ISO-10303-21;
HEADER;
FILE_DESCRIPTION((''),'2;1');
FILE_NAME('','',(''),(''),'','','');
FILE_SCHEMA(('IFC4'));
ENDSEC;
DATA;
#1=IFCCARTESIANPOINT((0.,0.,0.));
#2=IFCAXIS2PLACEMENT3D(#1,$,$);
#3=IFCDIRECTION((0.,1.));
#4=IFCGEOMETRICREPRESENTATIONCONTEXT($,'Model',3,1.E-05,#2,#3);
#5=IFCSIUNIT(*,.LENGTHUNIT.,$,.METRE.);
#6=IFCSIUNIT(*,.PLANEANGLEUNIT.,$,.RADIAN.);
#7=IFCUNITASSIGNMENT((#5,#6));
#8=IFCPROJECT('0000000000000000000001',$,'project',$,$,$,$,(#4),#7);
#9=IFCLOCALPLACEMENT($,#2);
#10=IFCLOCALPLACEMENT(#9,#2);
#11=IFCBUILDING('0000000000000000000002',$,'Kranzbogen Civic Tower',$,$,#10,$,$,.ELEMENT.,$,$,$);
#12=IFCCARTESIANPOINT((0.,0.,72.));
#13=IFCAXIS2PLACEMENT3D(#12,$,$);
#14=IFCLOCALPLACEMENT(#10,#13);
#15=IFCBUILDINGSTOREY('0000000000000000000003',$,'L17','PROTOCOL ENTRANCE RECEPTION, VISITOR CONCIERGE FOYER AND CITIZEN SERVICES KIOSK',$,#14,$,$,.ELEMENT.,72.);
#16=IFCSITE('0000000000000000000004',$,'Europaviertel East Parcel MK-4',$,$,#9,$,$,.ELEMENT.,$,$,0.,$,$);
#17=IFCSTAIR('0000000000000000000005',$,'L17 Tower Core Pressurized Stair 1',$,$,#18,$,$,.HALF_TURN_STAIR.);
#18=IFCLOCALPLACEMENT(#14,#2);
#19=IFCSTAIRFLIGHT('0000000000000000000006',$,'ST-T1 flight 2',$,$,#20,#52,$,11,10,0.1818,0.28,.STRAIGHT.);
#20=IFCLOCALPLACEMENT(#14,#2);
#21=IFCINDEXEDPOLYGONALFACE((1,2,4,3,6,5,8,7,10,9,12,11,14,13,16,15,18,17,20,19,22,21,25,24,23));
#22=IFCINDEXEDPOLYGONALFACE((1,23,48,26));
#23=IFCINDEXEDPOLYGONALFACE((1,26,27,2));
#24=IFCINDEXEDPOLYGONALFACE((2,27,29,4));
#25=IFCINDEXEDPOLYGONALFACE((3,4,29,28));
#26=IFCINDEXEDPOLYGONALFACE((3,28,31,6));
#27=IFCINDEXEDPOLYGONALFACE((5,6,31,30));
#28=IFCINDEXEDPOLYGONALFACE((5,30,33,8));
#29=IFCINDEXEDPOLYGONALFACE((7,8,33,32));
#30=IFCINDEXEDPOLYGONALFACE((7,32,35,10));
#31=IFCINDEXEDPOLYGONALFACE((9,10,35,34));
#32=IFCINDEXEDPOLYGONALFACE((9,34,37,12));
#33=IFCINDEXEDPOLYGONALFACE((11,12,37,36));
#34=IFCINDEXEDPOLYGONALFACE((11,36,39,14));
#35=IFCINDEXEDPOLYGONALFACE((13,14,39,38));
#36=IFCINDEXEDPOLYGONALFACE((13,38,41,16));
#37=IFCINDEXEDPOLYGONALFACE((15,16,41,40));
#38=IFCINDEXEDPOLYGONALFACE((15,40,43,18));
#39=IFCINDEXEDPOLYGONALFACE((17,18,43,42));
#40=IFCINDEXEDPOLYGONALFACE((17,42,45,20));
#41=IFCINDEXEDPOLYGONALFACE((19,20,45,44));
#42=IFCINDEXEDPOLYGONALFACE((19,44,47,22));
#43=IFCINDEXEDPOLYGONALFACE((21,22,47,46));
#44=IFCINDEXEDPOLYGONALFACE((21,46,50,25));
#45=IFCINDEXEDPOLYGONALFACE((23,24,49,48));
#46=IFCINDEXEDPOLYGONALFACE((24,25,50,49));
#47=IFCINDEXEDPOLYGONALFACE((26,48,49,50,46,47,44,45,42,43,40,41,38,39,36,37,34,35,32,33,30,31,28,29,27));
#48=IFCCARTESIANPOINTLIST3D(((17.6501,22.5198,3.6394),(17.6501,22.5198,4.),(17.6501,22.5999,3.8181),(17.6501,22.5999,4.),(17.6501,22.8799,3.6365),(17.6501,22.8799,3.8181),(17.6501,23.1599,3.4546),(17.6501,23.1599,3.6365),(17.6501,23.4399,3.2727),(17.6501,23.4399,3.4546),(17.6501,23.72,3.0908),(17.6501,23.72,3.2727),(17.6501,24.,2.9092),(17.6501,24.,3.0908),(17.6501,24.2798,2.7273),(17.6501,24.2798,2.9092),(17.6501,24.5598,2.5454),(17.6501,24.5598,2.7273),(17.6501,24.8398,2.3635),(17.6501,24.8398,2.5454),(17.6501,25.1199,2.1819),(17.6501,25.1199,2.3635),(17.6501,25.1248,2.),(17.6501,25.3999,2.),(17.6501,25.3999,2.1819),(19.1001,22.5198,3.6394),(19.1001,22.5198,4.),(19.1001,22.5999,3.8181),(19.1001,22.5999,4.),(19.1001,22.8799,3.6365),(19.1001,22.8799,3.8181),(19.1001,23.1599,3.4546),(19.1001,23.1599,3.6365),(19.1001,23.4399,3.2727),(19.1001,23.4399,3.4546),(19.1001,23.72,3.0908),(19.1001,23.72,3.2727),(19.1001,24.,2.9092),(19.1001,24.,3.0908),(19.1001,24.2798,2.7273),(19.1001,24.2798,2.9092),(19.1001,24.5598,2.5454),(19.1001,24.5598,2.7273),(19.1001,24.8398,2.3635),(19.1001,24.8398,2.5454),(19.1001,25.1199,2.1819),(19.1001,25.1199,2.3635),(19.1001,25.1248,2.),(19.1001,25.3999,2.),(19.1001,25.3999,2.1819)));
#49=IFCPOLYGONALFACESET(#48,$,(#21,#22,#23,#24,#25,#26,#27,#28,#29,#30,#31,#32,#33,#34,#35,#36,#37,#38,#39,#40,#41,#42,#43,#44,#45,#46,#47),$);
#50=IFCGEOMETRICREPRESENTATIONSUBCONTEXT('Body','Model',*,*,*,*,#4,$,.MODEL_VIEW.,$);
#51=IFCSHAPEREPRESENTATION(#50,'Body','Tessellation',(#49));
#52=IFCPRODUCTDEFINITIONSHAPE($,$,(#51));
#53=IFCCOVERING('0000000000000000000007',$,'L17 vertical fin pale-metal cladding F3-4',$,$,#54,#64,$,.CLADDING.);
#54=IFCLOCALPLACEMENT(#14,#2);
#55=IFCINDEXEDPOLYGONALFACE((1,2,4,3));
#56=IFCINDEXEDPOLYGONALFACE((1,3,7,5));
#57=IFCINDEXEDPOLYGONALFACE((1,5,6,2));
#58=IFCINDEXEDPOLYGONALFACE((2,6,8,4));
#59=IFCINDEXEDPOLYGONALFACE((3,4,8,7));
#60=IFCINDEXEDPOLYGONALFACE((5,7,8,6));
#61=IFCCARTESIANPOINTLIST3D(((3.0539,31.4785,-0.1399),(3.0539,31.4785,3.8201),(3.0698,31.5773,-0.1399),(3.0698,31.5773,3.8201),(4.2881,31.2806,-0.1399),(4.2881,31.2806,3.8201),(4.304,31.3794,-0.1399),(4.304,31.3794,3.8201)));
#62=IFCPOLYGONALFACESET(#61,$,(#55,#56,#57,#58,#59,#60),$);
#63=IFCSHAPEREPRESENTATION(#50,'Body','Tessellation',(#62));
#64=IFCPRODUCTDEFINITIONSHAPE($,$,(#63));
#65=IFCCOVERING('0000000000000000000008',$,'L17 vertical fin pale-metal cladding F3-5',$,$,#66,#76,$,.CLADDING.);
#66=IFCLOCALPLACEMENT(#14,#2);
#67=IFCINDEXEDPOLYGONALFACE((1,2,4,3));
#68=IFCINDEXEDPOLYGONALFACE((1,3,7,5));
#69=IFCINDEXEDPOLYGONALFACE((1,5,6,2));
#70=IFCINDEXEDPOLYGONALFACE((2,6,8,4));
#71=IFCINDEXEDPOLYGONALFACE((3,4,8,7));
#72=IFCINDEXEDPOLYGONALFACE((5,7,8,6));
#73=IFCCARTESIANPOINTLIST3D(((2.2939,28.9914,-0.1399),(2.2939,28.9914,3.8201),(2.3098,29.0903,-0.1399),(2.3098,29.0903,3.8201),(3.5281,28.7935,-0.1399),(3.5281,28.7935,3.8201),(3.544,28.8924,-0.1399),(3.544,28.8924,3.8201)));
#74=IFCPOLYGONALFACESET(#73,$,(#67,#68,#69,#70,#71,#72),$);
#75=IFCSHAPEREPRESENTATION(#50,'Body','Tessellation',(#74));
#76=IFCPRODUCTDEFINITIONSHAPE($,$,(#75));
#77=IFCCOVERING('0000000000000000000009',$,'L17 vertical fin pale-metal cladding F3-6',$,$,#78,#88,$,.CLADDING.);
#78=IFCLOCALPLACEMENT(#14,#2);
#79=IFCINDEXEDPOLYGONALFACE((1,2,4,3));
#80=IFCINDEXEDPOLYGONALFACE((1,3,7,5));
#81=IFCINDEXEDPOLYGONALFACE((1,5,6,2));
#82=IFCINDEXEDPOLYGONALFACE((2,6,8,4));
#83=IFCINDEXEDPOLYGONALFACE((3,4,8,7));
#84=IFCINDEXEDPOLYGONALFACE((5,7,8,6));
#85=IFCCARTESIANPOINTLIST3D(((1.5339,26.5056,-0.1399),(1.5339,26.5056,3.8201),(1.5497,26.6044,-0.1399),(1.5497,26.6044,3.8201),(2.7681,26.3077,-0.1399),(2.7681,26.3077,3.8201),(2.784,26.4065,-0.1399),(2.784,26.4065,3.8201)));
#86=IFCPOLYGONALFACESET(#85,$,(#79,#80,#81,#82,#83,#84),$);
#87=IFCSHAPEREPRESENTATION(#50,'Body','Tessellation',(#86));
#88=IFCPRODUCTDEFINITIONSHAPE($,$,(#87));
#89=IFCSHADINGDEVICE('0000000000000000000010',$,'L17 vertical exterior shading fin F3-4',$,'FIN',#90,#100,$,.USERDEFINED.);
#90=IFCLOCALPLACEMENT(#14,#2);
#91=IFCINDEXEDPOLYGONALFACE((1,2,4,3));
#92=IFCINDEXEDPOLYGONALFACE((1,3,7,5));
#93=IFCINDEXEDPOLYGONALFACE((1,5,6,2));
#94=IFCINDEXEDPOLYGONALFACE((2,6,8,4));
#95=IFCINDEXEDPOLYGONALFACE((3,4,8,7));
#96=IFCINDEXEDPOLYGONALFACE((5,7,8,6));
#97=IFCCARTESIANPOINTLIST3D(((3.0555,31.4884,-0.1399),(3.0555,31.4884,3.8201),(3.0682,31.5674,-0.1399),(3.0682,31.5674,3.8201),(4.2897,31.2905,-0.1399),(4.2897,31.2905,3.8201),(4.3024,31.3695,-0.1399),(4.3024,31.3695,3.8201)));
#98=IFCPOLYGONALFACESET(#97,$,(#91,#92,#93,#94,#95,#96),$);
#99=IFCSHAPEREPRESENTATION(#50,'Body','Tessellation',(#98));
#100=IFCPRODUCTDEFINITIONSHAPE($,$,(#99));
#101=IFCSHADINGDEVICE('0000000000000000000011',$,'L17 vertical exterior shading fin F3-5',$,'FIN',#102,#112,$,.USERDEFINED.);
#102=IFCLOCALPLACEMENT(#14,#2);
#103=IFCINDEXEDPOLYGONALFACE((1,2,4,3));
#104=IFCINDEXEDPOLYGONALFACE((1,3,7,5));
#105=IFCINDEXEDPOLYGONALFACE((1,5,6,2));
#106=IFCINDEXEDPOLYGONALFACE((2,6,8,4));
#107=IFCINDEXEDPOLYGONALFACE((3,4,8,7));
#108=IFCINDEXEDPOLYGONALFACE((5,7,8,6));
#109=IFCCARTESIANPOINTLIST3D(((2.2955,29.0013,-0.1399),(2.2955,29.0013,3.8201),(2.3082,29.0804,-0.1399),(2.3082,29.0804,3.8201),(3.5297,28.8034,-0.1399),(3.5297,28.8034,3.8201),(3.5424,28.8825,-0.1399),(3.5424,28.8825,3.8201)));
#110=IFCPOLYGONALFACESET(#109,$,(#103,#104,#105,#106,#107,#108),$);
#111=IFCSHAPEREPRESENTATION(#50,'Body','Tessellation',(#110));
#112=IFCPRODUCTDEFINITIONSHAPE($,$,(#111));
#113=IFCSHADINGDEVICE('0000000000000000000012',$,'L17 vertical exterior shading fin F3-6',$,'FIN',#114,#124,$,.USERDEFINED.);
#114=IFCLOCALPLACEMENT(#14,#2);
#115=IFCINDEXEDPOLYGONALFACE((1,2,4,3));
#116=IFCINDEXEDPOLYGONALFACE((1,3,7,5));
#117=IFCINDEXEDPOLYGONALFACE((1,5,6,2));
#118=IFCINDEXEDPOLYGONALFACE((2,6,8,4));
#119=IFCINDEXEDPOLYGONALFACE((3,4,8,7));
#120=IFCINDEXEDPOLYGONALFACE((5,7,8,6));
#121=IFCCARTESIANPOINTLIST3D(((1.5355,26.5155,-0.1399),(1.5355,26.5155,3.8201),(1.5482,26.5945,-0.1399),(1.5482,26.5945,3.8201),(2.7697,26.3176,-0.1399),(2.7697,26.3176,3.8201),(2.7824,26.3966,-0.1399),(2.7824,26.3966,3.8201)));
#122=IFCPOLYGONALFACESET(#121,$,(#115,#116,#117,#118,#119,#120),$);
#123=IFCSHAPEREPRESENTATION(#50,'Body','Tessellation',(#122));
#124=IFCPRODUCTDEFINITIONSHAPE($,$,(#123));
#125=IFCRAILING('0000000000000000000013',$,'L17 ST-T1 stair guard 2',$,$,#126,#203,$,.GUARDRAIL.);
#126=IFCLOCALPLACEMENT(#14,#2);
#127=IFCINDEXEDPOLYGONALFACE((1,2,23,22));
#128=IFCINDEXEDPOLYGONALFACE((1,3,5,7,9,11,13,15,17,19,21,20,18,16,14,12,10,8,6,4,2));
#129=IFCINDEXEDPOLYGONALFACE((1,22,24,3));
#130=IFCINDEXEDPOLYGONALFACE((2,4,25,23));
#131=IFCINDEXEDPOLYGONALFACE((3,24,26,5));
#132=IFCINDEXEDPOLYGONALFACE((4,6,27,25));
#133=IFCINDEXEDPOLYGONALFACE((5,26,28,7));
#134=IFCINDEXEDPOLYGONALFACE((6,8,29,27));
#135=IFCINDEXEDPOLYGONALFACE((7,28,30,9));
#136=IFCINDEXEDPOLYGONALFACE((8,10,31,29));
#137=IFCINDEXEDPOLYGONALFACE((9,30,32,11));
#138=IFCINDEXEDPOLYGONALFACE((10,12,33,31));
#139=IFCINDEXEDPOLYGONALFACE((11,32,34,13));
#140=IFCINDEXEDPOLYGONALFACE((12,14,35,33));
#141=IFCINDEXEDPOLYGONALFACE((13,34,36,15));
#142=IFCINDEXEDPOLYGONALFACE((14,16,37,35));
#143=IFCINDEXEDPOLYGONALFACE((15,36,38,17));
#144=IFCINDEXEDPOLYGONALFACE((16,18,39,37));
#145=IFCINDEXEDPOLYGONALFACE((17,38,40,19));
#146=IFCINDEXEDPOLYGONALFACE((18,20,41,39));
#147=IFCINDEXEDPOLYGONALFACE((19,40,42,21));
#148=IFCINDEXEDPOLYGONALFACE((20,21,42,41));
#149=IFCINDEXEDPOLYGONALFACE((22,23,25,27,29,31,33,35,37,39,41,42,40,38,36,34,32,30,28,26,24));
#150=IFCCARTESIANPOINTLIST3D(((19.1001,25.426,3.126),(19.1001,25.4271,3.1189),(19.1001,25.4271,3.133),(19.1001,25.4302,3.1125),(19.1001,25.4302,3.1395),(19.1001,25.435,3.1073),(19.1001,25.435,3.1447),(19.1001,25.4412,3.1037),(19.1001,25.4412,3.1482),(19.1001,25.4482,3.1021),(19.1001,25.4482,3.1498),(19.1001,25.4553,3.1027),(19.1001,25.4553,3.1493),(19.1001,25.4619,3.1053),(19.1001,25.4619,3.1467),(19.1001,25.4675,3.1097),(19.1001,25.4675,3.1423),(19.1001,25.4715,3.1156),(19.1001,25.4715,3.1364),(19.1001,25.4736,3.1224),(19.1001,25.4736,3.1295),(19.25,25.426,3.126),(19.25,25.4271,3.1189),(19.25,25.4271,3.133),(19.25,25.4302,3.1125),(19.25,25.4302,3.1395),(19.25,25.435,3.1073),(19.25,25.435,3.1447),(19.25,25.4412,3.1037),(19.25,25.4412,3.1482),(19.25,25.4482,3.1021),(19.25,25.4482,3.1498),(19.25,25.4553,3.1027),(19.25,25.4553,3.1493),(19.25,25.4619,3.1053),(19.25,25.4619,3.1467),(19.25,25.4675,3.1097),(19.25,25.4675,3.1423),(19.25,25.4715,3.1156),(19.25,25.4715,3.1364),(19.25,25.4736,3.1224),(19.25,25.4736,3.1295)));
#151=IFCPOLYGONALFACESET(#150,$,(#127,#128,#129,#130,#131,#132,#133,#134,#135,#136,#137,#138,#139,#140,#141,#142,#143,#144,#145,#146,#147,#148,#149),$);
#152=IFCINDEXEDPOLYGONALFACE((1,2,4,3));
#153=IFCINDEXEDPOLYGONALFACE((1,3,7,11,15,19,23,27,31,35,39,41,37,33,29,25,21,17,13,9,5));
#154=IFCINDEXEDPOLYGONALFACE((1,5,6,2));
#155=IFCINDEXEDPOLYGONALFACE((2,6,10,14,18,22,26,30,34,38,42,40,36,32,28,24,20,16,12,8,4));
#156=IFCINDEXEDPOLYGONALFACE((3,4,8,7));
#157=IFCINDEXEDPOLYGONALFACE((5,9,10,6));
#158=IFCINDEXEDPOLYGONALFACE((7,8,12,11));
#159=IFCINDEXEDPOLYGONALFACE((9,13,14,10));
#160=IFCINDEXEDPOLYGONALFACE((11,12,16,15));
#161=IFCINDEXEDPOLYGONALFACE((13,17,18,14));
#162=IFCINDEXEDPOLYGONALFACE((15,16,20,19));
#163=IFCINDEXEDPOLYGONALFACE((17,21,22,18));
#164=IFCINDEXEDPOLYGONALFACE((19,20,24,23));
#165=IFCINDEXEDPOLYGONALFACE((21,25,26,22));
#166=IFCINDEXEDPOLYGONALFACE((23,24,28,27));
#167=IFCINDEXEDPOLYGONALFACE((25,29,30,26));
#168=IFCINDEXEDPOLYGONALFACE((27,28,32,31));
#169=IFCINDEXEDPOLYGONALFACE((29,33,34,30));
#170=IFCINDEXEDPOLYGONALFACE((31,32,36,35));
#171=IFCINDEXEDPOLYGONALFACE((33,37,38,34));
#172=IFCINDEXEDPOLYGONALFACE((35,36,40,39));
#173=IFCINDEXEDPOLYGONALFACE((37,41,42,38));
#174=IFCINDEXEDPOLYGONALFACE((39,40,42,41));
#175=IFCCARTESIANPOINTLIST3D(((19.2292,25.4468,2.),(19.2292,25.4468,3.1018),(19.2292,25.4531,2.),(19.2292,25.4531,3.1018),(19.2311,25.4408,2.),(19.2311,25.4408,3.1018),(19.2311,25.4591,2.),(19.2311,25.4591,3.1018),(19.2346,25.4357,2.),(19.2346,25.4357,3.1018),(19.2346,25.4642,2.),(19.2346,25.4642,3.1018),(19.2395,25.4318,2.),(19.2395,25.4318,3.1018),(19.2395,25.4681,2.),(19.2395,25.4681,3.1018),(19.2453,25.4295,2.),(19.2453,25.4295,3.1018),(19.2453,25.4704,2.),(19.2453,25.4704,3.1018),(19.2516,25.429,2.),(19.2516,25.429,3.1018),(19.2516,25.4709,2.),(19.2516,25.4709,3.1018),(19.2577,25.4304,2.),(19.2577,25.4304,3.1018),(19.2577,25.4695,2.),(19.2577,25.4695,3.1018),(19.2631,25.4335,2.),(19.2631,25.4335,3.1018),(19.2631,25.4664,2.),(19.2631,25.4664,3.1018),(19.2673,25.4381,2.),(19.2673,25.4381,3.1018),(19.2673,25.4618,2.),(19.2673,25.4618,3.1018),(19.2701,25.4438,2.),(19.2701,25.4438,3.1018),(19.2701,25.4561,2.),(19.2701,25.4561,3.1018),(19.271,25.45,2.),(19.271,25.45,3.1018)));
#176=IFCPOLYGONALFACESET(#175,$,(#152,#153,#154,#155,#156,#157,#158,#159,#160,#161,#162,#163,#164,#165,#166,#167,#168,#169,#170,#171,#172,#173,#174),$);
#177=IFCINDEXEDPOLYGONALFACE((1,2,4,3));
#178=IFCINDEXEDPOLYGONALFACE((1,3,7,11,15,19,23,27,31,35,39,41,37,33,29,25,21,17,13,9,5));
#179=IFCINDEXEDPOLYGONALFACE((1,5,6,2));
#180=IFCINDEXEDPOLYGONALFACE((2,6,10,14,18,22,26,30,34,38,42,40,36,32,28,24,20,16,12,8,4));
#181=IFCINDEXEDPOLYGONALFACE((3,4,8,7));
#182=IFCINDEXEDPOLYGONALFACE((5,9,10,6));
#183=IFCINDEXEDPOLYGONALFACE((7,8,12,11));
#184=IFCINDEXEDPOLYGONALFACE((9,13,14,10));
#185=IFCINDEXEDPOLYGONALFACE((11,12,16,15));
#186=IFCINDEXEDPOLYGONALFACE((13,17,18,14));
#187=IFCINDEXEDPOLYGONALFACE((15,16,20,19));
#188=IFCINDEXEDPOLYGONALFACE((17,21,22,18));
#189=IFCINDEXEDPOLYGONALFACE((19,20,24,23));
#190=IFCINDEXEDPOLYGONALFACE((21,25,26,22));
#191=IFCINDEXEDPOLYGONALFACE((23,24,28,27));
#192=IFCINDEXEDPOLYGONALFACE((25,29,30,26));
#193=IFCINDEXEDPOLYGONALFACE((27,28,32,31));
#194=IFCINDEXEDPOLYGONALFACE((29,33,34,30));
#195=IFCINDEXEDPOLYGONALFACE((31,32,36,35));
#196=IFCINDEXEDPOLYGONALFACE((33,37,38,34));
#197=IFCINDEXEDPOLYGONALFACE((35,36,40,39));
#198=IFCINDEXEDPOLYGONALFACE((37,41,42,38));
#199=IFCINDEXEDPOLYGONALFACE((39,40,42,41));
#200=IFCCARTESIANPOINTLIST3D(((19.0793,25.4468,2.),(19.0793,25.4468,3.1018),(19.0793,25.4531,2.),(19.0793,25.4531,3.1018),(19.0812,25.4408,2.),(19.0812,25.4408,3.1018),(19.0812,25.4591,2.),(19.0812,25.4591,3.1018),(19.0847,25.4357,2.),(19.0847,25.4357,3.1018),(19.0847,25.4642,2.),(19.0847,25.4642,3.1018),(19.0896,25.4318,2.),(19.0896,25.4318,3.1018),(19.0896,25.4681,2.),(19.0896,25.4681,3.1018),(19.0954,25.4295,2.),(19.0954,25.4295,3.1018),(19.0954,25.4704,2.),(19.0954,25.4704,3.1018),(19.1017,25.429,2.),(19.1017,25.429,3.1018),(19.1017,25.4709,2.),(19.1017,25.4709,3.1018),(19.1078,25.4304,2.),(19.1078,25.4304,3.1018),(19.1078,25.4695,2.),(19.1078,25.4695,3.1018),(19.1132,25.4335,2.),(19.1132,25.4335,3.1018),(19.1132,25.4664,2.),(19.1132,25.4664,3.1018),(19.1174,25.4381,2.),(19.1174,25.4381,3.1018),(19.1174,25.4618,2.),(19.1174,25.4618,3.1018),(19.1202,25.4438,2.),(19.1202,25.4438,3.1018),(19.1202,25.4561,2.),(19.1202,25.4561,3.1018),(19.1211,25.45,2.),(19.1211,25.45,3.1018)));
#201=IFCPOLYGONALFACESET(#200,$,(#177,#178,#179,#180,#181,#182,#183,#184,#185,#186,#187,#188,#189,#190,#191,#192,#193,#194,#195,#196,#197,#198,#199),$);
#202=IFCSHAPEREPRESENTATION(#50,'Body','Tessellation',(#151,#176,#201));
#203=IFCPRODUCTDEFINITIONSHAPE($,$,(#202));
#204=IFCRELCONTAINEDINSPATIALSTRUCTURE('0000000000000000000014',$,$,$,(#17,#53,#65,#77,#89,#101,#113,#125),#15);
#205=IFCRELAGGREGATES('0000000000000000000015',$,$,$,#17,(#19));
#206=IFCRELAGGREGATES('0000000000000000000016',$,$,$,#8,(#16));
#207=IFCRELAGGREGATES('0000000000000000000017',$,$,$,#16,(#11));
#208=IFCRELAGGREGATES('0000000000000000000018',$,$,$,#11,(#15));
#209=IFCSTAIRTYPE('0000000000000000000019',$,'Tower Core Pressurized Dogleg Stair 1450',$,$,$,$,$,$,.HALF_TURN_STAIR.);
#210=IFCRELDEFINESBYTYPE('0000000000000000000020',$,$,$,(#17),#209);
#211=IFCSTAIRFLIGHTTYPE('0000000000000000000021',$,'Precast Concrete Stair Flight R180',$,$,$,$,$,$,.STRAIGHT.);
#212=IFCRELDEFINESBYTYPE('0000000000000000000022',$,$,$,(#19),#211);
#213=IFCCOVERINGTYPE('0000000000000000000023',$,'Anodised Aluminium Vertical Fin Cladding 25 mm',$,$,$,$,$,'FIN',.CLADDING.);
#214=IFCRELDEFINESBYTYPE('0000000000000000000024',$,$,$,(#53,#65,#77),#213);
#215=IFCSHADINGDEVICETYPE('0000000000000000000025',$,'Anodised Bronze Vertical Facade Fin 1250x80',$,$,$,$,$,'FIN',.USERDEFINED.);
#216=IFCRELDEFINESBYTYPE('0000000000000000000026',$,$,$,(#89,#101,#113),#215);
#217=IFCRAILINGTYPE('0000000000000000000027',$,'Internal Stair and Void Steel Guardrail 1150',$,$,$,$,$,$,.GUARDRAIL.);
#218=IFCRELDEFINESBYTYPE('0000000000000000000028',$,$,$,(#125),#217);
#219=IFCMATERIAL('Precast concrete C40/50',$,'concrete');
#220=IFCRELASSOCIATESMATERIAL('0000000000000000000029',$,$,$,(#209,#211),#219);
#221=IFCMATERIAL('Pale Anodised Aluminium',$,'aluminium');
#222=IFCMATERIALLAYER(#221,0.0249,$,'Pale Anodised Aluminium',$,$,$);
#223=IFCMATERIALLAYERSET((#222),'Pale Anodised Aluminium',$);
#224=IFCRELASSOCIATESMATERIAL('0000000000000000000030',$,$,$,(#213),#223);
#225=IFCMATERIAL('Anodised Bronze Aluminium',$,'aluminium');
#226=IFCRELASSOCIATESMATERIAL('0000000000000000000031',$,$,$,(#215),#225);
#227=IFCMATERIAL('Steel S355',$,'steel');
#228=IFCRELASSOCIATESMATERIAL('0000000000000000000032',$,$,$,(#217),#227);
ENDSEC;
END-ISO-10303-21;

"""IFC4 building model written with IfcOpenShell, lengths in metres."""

from ifc_helpers import new_model, si_unit, direction, frame, origin, origin_2d, place, context, subcontext, project, spatial, polyline, rectangle, circle, outline, extrude, material, layer, layer_set, type_object, element, aggregate, save


model = new_model("IFC4")

# Units and contexts
model_context = context("Model", 3, precision=1e-05, world=origin(), true_north=direction((0.0, 1.0)))
body_context = subcontext(model_context, "Body", "Model", "MODEL_VIEW")
ifc_project = project(units=[si_unit("LENGTHUNIT", "METRE"), si_unit("PLANEANGLEUNIT", "RADIAN")], contexts=[model_context])

# Site, building, storey
site_placement = place(None, origin())
site = spatial("IfcSite", under=ifc_project, at=site_placement, Name="Europaviertel East Parcel MK-4", CompositionType="ELEMENT", RefElevation=0.0)
building_placement = place(site_placement, origin())
building = spatial("IfcBuilding", under=site, at=building_placement, Name="Kranzbogen Civic Tower", CompositionType="ELEMENT")
storey_placement = place(building_placement, frame((0.0, 0.0, 72.0)))
storey = spatial("IfcBuildingStorey", under=building, at=storey_placement, Name="L17", Description="PROTOCOL ENTRANCE RECEPTION, VISITOR CONCIERGE FOYER AND CITIZEN SERVICES KIOSK", CompositionType="ELEMENT", Elevation=72.0)

# Shared definitions
ifc_material_1 = material(Name="Steel S355", Category="steel")

# Shared definitions
ifc_material_2 = material(Name="Pale Anodised Aluminium", Category="aluminium")

# Stair, stair flight
ifc_material_3 = material(Name="Precast concrete C40/50", Category="concrete")
stair_type = type_object("IfcStairType", Name="Tower Core Pressurized Dogleg Stair 1450", PredefinedType="HALF_TURN_STAIR", material=ifc_material_3)
stair_placement = place(storey_placement, origin())
stair = element("IfcStair", 1, at=stair_placement, inside=storey, type_object=stair_type, Name="L17 Tower Core Pressurized Stair 1", PredefinedType="HALF_TURN_STAIR")
stair_flight_type = type_object("IfcStairFlightType", Name="Precast Concrete Stair Flight R180", PredefinedType="STRAIGHT", material=ifc_material_3)
stair_flight_placement = place(storey_placement, frame((18.375, 25.3999, 2.0), z_axis=(0.0, 0.0, 1.0), x_axis=(0.0, -1.0, 0.0)))
stair_flight = element("IfcStairFlight", 2, at=stair_flight_placement, type_object=stair_flight_type, Name="ST-T1 flight 2", NumberOfRisers=11, NumberOfTreads=10, PredefinedType="STRAIGHT", RiserHeight=0.1818, TreadLength=0.28, context=body_context, shape_type="SweptSolid", body=[
    extrude(outline(polyline([(0.0, 0.0), (0.0, 0.1819), (0.28, 0.1819), (0.28, 0.3635), (0.5601, 0.3635), (0.5601, 0.5454), (0.8401, 0.5454), (0.8401, 0.7273), (1.1201, 0.7273), (1.1201, 0.9092), (1.3999, 0.9092), (1.3999, 1.0908), (1.6799, 1.0908), (1.6799, 1.2727), (1.96, 1.2727), (1.96, 1.4546), (2.24, 1.4546), (2.24, 1.6365), (2.52, 1.6365), (2.52, 1.8181), (2.8, 1.8181), (2.8, 2.0), (2.8801, 2.0), (2.8801, 1.6394), (0.2751, 0.0), (0.0, 0.0)])), frame((0.0, 0.7251, 0.0), z_axis=(0.0, -1.0, 0.0), x_axis=(1.0, 0.0, 0.0)), (0.0, 0.0, 1.0), 1.45),
])
aggregate(stair, [stair_flight])

# Coverings
ifc_layer_1 = layer(ifc_material_2, 0.0249, Name="Pale Anodised Aluminium")
ifc_layer_set_1 = layer_set([ifc_layer_1], Name="Pale Anodised Aluminium")
covering_type = type_object("IfcCoveringType", Name="Anodised Aluminium Vertical Fin Cladding 25 mm", ElementType="FIN", PredefinedType="CLADDING", material=ifc_layer_set_1)
for number, where, z_axis, x_axis, name in (
    (3, (3.679, 31.429, -0.1399), (0.0, 0.0, 1.0), (-0.987386, 0.15833, 0.0), "L17 vertical fin pale-metal cladding F3-4"),
    (4, (2.9189, 28.9419, -0.1399), (0.0, 0.0, 1.0), (-0.987386, 0.15833, 0.0), "L17 vertical fin pale-metal cladding F3-5"),
    (5, (2.1589, 26.4561, -0.1399), (0.0, 0.0, 1.0), (-0.987386, 0.15833, 0.0), "L17 vertical fin pale-metal cladding F3-6"),
):
    element("IfcCovering", number, at=place(storey_placement, frame(where, z_axis=z_axis, x_axis=x_axis)), inside=storey, type_object=covering_type, Name=name, PredefinedType="CLADDING", context=body_context, shape_type="SweptSolid", body=[
        extrude(rectangle(XDim=1.25, YDim=0.1001, at=origin_2d()), origin(), (0.0, 0.0, 1.0), 3.96),
    ])

# Shading devices
ifc_material_4 = material(Name="Anodised Bronze Aluminium", Category="aluminium")
shading_device_type = type_object("IfcShadingDeviceType", Name="Anodised Bronze Vertical Facade Fin 1250x80", ElementType="FIN", PredefinedType="USERDEFINED", material=ifc_material_4)
for number, where, z_axis, x_axis, name in (
    (6, (3.679, 31.429, -0.1399), (0.0, 0.0, 1.0), (-0.987386, 0.15833, 0.0), "L17 vertical exterior shading fin F3-4"),
    (7, (2.9189, 28.9419, -0.1399), (0.0, 0.0, 1.0), (-0.987386, 0.15833, 0.0), "L17 vertical exterior shading fin F3-5"),
    (8, (2.1589, 26.4561, -0.1399), (0.0, 0.0, 1.0), (-0.987386, 0.15833, 0.0), "L17 vertical exterior shading fin F3-6"),
):
    element("IfcShadingDevice", number, at=place(storey_placement, frame(where, z_axis=z_axis, x_axis=x_axis)), inside=storey, type_object=shading_device_type, Name=name, ObjectType="FIN", PredefinedType="USERDEFINED", context=body_context, shape_type="SweptSolid", body=[
        extrude(rectangle(XDim=1.25, YDim=0.0801, at=origin_2d()), origin(), (0.0, 0.0, 1.0), 3.96),
    ])

# Railing
railing_type_1 = type_object("IfcRailingType", Name="Internal Stair and Void Steel Guardrail 1150", PredefinedType="GUARDRAIL", material=ifc_material_1)
railing_1_placement = place(storey_placement, frame((19.25, 25.45, 2.0)))
element("IfcRailing", 9, at=railing_1_placement, inside=storey, type_object=railing_type_1, Name="L17 ST-T1 stair guard 2", PredefinedType="GUARDRAIL", context=body_context, shape_type="SweptSolid", body=[
    extrude(circle(Radius=0.0239, at=origin_2d()), frame((0.0, 0.0, 1.126), z_axis=(-1.0, 0.0, 0.0), x_axis=(0.0, -1.0, 0.0)), (0.0, 0.0, 1.0), 0.1499),
    extrude(circle(Radius=0.021, at=origin_2d()), origin(), (0.0, 0.0, 1.0), 1.1018),
    extrude(circle(Radius=0.021, at=origin_2d()), frame((-0.1499, 0.0, 0.0)), (0.0, 0.0, 1.0), 1.1018),
])

save(model, "model.ifc")
